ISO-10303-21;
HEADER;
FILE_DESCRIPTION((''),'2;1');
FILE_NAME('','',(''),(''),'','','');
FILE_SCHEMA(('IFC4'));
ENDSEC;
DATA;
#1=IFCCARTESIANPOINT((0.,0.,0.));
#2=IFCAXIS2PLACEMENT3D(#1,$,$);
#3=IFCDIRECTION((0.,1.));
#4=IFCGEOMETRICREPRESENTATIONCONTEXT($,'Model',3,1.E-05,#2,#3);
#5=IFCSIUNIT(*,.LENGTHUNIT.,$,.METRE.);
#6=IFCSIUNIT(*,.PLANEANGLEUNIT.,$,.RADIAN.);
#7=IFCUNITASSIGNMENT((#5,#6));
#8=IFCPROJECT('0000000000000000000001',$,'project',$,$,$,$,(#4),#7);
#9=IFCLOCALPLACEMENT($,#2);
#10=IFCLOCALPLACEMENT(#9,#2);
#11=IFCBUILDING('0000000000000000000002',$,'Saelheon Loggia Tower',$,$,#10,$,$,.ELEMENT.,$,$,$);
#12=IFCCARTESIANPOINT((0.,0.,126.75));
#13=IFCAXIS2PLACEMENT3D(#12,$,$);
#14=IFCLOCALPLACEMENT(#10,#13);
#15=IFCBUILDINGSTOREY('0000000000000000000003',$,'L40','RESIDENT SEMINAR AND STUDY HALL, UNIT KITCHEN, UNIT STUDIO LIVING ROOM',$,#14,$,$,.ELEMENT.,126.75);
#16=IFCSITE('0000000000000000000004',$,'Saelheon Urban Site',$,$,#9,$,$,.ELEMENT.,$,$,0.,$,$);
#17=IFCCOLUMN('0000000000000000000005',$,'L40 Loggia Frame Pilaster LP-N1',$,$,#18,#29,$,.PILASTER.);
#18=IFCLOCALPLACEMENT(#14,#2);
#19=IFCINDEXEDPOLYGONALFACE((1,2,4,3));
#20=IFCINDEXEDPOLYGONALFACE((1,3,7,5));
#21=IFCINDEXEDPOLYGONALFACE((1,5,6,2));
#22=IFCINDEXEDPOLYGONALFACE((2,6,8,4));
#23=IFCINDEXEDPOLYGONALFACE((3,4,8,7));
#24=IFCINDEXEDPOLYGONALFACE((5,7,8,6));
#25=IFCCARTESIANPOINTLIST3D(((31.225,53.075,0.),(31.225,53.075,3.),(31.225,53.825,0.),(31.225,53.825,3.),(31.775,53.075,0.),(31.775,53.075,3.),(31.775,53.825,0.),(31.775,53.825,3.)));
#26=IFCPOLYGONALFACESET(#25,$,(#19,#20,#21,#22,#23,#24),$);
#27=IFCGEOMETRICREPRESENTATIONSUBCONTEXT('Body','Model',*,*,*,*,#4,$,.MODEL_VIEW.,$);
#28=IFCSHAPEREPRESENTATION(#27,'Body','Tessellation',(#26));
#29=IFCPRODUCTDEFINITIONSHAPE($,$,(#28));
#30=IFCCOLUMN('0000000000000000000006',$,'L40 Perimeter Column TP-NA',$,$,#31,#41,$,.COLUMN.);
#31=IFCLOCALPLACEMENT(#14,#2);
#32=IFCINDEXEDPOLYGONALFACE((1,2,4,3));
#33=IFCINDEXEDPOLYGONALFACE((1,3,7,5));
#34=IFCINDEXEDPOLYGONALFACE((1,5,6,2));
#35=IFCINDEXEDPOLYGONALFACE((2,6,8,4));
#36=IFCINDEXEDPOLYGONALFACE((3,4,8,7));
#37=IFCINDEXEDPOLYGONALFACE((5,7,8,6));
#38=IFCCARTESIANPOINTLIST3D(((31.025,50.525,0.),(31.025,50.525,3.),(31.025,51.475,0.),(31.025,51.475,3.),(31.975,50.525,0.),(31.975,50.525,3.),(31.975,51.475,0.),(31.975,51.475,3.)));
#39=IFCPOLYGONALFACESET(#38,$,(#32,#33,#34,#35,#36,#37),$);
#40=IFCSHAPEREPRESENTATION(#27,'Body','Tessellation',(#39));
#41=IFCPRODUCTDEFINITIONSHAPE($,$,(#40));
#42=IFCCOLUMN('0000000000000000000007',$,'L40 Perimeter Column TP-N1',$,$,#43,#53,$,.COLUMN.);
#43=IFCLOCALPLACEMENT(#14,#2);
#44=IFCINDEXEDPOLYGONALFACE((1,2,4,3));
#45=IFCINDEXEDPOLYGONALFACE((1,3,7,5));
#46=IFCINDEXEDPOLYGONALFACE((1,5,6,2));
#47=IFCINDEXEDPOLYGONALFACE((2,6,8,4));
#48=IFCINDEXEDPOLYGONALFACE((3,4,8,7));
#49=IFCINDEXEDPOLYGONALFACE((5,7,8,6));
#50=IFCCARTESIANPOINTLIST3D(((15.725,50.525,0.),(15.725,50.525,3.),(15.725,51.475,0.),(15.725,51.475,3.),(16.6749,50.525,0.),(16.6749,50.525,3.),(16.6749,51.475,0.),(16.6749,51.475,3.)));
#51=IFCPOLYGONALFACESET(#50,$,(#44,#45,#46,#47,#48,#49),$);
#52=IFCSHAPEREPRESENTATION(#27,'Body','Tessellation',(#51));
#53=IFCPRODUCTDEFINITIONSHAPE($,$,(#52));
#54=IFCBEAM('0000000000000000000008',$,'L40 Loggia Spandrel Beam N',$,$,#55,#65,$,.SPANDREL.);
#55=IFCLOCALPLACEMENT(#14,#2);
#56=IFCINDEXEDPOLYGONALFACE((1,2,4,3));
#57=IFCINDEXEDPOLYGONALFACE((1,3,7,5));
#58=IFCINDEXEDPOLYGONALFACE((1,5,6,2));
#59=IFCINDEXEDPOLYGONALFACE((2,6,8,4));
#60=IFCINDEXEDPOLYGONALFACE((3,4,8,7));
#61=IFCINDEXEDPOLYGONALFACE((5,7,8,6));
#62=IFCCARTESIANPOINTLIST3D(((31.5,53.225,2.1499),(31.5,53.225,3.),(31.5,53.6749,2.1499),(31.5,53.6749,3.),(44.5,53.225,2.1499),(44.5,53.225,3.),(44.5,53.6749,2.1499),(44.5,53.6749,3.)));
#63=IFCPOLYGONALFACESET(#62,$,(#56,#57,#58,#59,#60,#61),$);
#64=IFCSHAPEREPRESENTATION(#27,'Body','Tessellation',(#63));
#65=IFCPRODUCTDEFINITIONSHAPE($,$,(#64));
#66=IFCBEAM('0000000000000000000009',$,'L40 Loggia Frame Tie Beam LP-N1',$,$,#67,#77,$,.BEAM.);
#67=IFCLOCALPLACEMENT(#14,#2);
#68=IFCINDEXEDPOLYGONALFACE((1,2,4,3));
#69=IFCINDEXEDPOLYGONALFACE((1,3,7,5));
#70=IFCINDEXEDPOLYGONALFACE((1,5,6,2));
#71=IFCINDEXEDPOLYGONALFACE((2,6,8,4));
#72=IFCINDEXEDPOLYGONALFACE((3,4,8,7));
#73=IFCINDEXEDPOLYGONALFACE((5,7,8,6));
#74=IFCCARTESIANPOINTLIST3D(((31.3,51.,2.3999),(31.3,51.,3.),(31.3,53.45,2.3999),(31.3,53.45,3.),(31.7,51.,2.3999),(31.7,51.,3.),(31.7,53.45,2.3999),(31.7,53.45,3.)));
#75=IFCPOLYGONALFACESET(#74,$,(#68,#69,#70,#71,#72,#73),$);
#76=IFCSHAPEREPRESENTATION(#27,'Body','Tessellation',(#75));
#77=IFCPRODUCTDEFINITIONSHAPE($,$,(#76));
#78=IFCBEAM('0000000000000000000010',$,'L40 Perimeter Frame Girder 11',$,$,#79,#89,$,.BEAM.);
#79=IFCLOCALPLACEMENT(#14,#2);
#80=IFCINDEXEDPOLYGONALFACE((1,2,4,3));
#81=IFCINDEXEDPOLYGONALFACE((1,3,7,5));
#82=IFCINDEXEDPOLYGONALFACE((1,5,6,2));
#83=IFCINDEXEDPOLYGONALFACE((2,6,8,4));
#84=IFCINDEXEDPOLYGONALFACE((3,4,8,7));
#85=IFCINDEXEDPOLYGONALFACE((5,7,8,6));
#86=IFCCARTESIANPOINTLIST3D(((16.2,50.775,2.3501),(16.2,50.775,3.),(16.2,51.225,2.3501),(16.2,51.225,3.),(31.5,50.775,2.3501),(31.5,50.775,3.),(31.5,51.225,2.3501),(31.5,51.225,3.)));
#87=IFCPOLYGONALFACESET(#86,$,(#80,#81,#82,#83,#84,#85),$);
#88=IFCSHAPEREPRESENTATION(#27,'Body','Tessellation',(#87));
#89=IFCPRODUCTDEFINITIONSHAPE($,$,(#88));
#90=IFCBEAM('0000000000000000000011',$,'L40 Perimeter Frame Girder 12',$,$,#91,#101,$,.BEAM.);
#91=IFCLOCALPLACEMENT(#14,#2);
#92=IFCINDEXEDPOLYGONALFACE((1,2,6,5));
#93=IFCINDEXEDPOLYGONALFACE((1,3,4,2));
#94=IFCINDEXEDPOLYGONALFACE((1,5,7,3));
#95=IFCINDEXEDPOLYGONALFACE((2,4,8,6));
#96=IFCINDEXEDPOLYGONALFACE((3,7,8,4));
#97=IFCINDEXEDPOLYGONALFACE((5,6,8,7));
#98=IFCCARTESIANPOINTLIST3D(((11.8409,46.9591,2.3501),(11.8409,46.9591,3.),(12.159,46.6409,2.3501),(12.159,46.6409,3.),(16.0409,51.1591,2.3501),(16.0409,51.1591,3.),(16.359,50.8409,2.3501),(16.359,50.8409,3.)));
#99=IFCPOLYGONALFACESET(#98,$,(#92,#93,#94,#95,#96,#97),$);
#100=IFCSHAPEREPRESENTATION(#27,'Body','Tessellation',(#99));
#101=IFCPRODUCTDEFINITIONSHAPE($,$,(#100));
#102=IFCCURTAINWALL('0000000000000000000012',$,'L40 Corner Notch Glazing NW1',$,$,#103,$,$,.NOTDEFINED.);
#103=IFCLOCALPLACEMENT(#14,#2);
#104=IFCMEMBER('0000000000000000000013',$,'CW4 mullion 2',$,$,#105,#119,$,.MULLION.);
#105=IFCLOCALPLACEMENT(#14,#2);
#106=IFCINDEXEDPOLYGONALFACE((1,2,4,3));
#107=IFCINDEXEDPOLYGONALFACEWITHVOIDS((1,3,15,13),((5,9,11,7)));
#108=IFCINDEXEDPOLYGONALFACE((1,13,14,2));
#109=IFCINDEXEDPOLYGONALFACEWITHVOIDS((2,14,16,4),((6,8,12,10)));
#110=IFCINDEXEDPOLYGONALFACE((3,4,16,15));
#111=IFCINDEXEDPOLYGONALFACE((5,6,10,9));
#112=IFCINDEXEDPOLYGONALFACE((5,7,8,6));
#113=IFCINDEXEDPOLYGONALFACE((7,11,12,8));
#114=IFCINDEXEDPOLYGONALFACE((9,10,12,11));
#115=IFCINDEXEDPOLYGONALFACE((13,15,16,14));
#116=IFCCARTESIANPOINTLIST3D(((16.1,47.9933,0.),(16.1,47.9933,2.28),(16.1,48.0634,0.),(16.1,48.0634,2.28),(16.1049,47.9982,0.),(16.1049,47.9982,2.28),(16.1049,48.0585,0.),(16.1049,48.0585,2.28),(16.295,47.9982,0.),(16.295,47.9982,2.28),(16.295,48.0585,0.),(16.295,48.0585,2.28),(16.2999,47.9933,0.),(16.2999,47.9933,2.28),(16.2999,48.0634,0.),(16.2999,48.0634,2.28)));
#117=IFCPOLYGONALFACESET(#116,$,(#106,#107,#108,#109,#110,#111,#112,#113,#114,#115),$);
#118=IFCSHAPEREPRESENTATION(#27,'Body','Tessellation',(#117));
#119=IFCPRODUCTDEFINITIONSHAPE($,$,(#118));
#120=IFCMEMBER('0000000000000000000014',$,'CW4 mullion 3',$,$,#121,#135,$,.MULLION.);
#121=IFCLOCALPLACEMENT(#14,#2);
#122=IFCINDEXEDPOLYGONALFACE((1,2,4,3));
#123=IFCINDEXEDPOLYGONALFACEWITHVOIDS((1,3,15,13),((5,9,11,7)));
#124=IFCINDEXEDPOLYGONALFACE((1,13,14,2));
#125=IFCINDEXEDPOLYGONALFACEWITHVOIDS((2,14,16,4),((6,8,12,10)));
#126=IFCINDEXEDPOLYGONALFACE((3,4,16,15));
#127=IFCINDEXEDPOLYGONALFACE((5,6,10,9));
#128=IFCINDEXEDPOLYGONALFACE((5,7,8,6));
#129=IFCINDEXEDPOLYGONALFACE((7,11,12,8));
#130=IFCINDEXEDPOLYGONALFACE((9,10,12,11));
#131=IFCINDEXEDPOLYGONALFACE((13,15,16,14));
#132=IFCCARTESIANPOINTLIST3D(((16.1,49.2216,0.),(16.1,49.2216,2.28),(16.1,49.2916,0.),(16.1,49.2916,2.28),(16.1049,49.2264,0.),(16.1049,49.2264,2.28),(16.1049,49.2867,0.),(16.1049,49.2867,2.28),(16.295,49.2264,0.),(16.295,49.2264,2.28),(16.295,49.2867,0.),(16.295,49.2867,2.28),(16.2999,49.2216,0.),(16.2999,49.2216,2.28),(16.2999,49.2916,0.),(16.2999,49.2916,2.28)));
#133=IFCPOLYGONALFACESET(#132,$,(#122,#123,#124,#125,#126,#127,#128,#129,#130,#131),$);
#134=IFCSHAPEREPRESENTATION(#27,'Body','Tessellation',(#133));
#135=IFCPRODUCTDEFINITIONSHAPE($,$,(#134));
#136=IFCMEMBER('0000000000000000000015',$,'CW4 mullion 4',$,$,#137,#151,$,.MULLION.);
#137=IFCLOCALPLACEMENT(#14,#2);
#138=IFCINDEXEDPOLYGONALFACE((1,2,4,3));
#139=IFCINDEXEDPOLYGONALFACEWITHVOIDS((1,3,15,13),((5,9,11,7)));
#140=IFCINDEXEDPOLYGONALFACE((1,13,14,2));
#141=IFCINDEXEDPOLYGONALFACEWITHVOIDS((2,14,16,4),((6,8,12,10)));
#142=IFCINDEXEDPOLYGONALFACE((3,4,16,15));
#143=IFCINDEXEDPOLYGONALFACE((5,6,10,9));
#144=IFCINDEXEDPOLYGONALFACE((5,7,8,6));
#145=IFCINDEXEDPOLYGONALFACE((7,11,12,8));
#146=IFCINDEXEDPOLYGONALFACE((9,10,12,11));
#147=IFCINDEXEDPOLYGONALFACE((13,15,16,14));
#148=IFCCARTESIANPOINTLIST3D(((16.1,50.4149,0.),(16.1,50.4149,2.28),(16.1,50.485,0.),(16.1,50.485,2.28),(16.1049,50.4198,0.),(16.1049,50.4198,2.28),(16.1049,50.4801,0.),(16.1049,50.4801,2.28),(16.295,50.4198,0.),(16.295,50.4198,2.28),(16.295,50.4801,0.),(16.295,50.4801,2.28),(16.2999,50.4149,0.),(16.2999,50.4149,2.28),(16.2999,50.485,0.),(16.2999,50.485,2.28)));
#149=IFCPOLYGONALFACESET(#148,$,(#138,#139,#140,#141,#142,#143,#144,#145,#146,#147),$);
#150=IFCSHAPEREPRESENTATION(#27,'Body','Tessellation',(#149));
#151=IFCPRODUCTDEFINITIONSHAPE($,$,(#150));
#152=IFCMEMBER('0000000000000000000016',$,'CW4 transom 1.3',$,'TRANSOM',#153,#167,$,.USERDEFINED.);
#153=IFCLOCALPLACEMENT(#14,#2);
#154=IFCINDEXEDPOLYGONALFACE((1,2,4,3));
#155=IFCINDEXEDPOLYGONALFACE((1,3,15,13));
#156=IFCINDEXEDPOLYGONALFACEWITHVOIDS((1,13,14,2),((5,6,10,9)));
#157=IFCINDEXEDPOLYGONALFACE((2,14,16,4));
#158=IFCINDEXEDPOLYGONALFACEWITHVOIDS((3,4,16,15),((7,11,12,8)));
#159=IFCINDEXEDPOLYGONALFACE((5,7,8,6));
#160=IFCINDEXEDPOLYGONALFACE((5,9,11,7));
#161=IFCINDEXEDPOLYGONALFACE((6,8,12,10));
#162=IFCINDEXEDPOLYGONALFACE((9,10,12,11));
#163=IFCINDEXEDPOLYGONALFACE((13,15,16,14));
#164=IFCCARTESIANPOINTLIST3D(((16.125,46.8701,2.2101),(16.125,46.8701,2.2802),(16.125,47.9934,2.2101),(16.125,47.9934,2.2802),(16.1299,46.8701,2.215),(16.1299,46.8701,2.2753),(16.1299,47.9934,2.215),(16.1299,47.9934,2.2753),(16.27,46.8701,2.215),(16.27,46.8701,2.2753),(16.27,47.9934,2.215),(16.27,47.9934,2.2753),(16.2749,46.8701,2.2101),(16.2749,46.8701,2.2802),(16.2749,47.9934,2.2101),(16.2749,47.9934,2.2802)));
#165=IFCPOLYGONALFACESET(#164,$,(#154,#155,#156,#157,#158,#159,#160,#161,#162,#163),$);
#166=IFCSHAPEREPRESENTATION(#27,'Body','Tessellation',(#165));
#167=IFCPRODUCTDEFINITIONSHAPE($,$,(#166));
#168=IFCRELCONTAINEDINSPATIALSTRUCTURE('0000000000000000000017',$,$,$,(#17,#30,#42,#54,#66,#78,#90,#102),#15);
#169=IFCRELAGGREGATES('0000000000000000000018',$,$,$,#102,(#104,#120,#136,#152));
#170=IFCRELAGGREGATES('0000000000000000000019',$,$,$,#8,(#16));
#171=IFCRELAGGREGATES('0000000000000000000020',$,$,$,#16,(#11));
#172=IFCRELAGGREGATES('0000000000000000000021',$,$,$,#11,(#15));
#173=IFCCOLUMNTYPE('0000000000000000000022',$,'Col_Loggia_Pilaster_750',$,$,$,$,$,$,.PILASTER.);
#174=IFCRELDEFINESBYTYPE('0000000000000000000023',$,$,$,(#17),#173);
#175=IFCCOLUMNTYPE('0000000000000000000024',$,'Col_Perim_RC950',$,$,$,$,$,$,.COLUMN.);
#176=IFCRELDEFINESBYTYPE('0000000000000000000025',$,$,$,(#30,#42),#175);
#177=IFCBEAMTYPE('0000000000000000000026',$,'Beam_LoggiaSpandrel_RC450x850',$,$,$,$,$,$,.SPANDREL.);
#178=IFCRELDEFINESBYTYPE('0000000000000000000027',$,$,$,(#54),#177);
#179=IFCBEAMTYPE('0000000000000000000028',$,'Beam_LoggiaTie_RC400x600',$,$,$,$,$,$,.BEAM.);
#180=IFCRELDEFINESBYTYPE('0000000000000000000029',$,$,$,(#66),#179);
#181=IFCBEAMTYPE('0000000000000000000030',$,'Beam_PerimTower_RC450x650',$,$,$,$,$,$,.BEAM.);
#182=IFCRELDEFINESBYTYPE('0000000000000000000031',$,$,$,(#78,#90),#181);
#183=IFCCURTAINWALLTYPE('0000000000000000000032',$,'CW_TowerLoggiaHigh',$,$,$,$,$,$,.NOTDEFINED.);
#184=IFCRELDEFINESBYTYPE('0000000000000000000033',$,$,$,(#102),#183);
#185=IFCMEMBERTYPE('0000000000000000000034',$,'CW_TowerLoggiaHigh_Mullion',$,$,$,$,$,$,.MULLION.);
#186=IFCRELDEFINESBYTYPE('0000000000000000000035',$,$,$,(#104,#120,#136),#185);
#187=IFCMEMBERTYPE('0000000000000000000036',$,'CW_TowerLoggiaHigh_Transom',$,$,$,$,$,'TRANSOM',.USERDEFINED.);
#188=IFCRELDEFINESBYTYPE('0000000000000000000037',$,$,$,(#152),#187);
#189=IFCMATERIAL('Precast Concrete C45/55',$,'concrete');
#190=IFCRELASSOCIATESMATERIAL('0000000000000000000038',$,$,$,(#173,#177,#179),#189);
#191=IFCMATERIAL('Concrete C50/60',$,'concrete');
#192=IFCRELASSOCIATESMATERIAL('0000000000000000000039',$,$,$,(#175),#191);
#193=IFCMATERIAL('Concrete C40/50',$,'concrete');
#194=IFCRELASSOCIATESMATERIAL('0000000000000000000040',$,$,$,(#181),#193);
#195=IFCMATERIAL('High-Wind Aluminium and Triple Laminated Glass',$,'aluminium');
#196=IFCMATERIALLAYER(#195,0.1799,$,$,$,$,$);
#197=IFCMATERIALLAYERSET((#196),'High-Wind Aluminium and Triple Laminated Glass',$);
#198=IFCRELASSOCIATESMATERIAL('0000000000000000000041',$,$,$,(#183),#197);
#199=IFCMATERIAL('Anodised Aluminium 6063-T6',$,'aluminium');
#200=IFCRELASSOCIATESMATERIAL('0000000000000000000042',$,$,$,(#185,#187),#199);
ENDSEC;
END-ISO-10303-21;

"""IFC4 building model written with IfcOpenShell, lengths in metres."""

from ifc_helpers import new_model, si_unit, direction, frame, origin, origin_2d, place, context, subcontext, project, spatial, rectangle, hollow_rectangle, extrude, source, transform, mapped, material, layer, layer_set, material_profile, profile_set, type_object, element, aggregate, save


model = new_model("IFC4")

# Units and contexts
model_context = context("Model", 3, precision=1e-05, world=origin(), true_north=direction((0.0, 1.0)))
body_context = subcontext(model_context, "Body", "Model", "MODEL_VIEW")
ifc_project = project(units=[si_unit("LENGTHUNIT", "METRE"), si_unit("PLANEANGLEUNIT", "RADIAN")], contexts=[model_context])

# Site, building, storey
site_placement = place(None, origin())
site = spatial("IfcSite", under=ifc_project, at=site_placement, Name="Saelheon Urban Site", CompositionType="ELEMENT", RefElevation=0.0)
building_placement = place(site_placement, origin())
building = spatial("IfcBuilding", under=site, at=building_placement, Name="Saelheon Loggia Tower", CompositionType="ELEMENT")
storey_placement = place(building_placement, frame((0.0, 0.0, 126.75)))
storey = spatial("IfcBuildingStorey", under=building, at=storey_placement, Name="L40", Description="RESIDENT SEMINAR AND STUDY HALL, UNIT KITCHEN, UNIT STUDIO LIVING ROOM", CompositionType="ELEMENT", Elevation=126.75)

# Columns
ifc_material_1 = material(Name="Precast Concrete C45/55", Category="concrete")
ifc_material_profile_1 = material_profile(ifc_material_1, rectangle(XDim=0.55, YDim=0.75, at=origin_2d()), Name="RC-550x750")
ifc_profile_set_1 = profile_set([ifc_material_profile_1], Name="Precast Concrete C45/55")
column_type_1 = type_object("IfcColumnType", Name="Col_Loggia_Pilaster_750", PredefinedType="PILASTER", material=ifc_profile_set_1)
shared_shape_1 = source(origin(), body_context, "Body", "SweptSolid", [
    extrude(rectangle(XDim=0.55, YDim=0.75, at=origin_2d()), origin(), (0.0, 0.0, 1.0), 3.0),
])
column_placement = place(storey_placement, frame((31.5, 53.45, 0.0), z_axis=(0.0, 0.0, 1.0), x_axis=(1.0, 0.0, 0.0)))
element("IfcColumn", 1, at=column_placement, inside=storey, type_object=column_type_1, Name="L40 Loggia Frame Pilaster LP-N1", PredefinedType="PILASTER", context=body_context, shape_type="MappedRepresentation", body=[
    mapped(shared_shape_1, transform((0.0, 0.0, 0.0), scale=1.0)),
])
ifc_material_2 = material(Name="Concrete C50/60", Category="concrete")
ifc_material_profile_2 = material_profile(ifc_material_2, rectangle(XDim=0.95, YDim=0.95, at=origin_2d()), Name="RC-950x950")
ifc_profile_set_2 = profile_set([ifc_material_profile_2], Name="Concrete C50/60")
column_type_2 = type_object("IfcColumnType", Name="Col_Perim_RC950", PredefinedType="COLUMN", material=ifc_profile_set_2)
shared_shape_2 = source(origin(), body_context, "Body", "SweptSolid", [
    extrude(rectangle(XDim=0.95, YDim=0.95, at=origin_2d()), origin(), (0.0, 0.0, 1.0), 3.0),
])
for number, where, z_axis, x_axis, name in (
    (2, (31.5, 51.0, 0.0), (0.0, 0.0, 1.0), (1.0, 0.0, 0.0), "L40 Perimeter Column TP-NA"),
    (3, (16.2, 51.0, 0.0), (0.0, 0.0, 1.0), (1.0, 0.0, 0.0), "L40 Perimeter Column TP-N1"),
):
    element("IfcColumn", number, at=place(storey_placement, frame(where, z_axis=z_axis, x_axis=x_axis)), inside=storey, type_object=column_type_2, Name=name, PredefinedType="COLUMN", context=body_context, shape_type="MappedRepresentation", body=[
        mapped(shared_shape_2, transform((0.0, 0.0, 0.0), scale=1.0)),
    ])

# Beams
ifc_material_profile_3 = material_profile(ifc_material_1, rectangle(XDim=0.45, YDim=0.8501, at=origin_2d()), Name="RC-450x850")
ifc_profile_set_3 = profile_set([ifc_material_profile_3], Name="Precast Concrete C45/55")
beam_type_1 = type_object("IfcBeamType", Name="Beam_LoggiaSpandrel_RC450x850", PredefinedType="SPANDREL", material=ifc_profile_set_3)
shared_shape_3 = source(origin(), body_context, "Body", "SweptSolid", [
    extrude(rectangle(XDim=0.45, YDim=0.8501, at=origin_2d()), origin(), (0.0, 0.0, 1.0), 13.0),
])
beam_1_placement = place(storey_placement, frame((31.5, 53.45, 2.575), z_axis=(1.0, 0.0, 0.0), x_axis=(0.0, 1.0, 0.0)))
element("IfcBeam", 4, at=beam_1_placement, inside=storey, type_object=beam_type_1, Name="L40 Loggia Spandrel Beam N", PredefinedType="SPANDREL", context=body_context, shape_type="MappedRepresentation", body=[
    mapped(shared_shape_3, transform((0.0, 0.0, 0.0), scale=1.0)),
])
ifc_material_profile_4 = material_profile(ifc_material_1, rectangle(XDim=0.3999, YDim=0.6001, at=origin_2d()), Name="RC-400x600")
ifc_profile_set_4 = profile_set([ifc_material_profile_4], Name="Precast Concrete C45/55")
beam_type_2 = type_object("IfcBeamType", Name="Beam_LoggiaTie_RC400x600", PredefinedType="BEAM", material=ifc_profile_set_4)
shared_shape_4 = source(origin(), body_context, "Body", "SweptSolid", [
    extrude(rectangle(XDim=0.3999, YDim=0.6001, at=origin_2d()), origin(), (0.0, 0.0, 1.0), 2.45),
])
beam_2_placement = place(storey_placement, frame((31.5, 51.0, 2.7), z_axis=(0.0, 1.0, 0.0), x_axis=(-1.0, 0.0, 0.0)))
element("IfcBeam", 5, at=beam_2_placement, inside=storey, type_object=beam_type_2, Name="L40 Loggia Frame Tie Beam LP-N1", PredefinedType="BEAM", context=body_context, shape_type="MappedRepresentation", body=[
    mapped(shared_shape_4, transform((0.0, 0.0, 0.0), scale=1.0)),
])
ifc_material_3 = material(Name="Concrete C40/50", Category="concrete")
ifc_material_profile_5 = material_profile(ifc_material_3, rectangle(XDim=0.45, YDim=0.6499, at=origin_2d()), Name="RC-450x650")
ifc_profile_set_5 = profile_set([ifc_material_profile_5], Name="Concrete C40/50")
beam_type_3 = type_object("IfcBeamType", Name="Beam_PerimTower_RC450x650", PredefinedType="BEAM", material=ifc_profile_set_5)
shared_shape_5 = source(origin(), body_context, "Body", "SweptSolid", [
    extrude(rectangle(XDim=0.45, YDim=0.6499, at=origin_2d()), origin(), (0.0, 0.0, 1.0), 15.3),
])
beam_3_placement = place(storey_placement, frame((31.5, 51.0, 2.675), z_axis=(-1.0, 0.0, 0.0), x_axis=(0.0, -1.0, 0.0)))
element("IfcBeam", 6, at=beam_3_placement, inside=storey, type_object=beam_type_3, Name="L40 Perimeter Frame Girder 11", PredefinedType="BEAM", context=body_context, shape_type="MappedRepresentation", body=[
    mapped(shared_shape_5, transform((0.0, 0.0, 0.0), scale=1.0)),
])
shared_shape_6 = source(origin(), body_context, "Body", "SweptSolid", [
    extrude(rectangle(XDim=0.45, YDim=0.6499, at=origin_2d()), origin(), (0.0, 0.0, 1.0), 5.9397),
])
beam_4_placement = place(storey_placement, frame((16.2, 51.0, 2.675), z_axis=(-0.707107, -0.707107, 0.0), x_axis=(0.707107, -0.707107, 0.0)))
element("IfcBeam", 7, at=beam_4_placement, inside=storey, type_object=beam_type_3, Name="L40 Perimeter Frame Girder 12", PredefinedType="BEAM", context=body_context, shape_type="MappedRepresentation", body=[
    mapped(shared_shape_6, transform((0.0, 0.0, 0.0), scale=1.0)),
])

# Curtain wall, members
ifc_material_4 = material(Name="High-Wind Aluminium and Triple Laminated Glass", Category="aluminium")
ifc_layer_1 = layer(ifc_material_4, 0.1799)
ifc_layer_set_1 = layer_set([ifc_layer_1], Name="High-Wind Aluminium and Triple Laminated Glass")
curtain_wall_type = type_object("IfcCurtainWallType", Name="CW_TowerLoggiaHigh", PredefinedType="NOTDEFINED", material=ifc_layer_set_1)
curtain_wall_placement = place(storey_placement, origin())
curtain_wall = element("IfcCurtainWall", 8, at=curtain_wall_placement, inside=storey, type_object=curtain_wall_type, Name="L40 Corner Notch Glazing NW1", PredefinedType="NOTDEFINED")
ifc_material_5 = material(Name="Anodised Aluminium 6063-T6", Category="aluminium")
ifc_material_profile_6 = material_profile(ifc_material_5, hollow_rectangle(XDim=0.0701, YDim=0.2, WallThickness=0.0049, at=origin_2d()), Name="RHS-200x70x5")
ifc_profile_set_6 = profile_set([ifc_material_profile_6], Name="Anodised Aluminium 6063-T6")
member_type_1 = type_object("IfcMemberType", Name="CW_TowerLoggiaHigh_Mullion", PredefinedType="MULLION", material=ifc_profile_set_6)
shared_shape_7 = source(origin(), body_context, "Body", "SweptSolid", [
    extrude(hollow_rectangle(XDim=0.0701, YDim=0.2, WallThickness=0.0049, at=origin_2d()), origin(), (0.0, 0.0, 1.0), 2.28),
])
member_1_placement = place(storey_placement, frame((16.2, 48.0283, 0.0), z_axis=(0.0, 0.0, 1.0), x_axis=(0.0, 1.0, 0.0)))
member_1 = element("IfcMember", 9, at=member_1_placement, type_object=member_type_1, Name="CW4 mullion 2", PredefinedType="MULLION", context=body_context, shape_type="MappedRepresentation", body=[
    mapped(shared_shape_7, transform((0.0, 0.0, 0.0), scale=1.0)),
])
member_2_placement = place(storey_placement, frame((16.2, 49.2566, 0.0), z_axis=(0.0, 0.0, 1.0), x_axis=(0.0, 1.0, 0.0)))
member_2 = element("IfcMember", 10, at=member_2_placement, type_object=member_type_1, Name="CW4 mullion 3", PredefinedType="MULLION", context=body_context, shape_type="MappedRepresentation", body=[
    mapped(shared_shape_7, transform((0.0, 0.0, 0.0), scale=1.0)),
])
member_3_placement = place(storey_placement, frame((16.2, 50.45, 0.0), z_axis=(0.0, 0.0, 1.0), x_axis=(0.0, 1.0, 0.0)))
member_3 = element("IfcMember", 11, at=member_3_placement, type_object=member_type_1, Name="CW4 mullion 4", PredefinedType="MULLION", context=body_context, shape_type="MappedRepresentation", body=[
    mapped(shared_shape_7, transform((0.0, 0.0, 0.0), scale=1.0)),
])
ifc_material_profile_7 = material_profile(ifc_material_5, hollow_rectangle(XDim=0.0701, YDim=0.1499, WallThickness=0.0049, at=origin_2d()), Name="RHS-150x70x5")
ifc_profile_set_7 = profile_set([ifc_material_profile_7], Name="Anodised Aluminium 6063-T6")
member_type_2 = type_object("IfcMemberType", Name="CW_TowerLoggiaHigh_Transom", ElementType="TRANSOM", PredefinedType="USERDEFINED", material=ifc_profile_set_7)
shared_shape_8 = source(origin(), body_context, "Body", "SweptSolid", [
    extrude(hollow_rectangle(XDim=0.0701, YDim=0.1499, WallThickness=0.0049, at=origin_2d()), origin(), (0.0, 0.0, 1.0), 1.1233),
])
member_4_placement = place(storey_placement, frame((16.2, 46.8701, 2.2451), z_axis=(0.0, 1.0, 0.0), x_axis=(0.0, 0.0, 1.0)))
member_4 = element("IfcMember", 12, at=member_4_placement, type_object=member_type_2, Name="CW4 transom 1.3", ObjectType="TRANSOM", PredefinedType="USERDEFINED", context=body_context, shape_type="MappedRepresentation", body=[
    mapped(shared_shape_8, transform((0.0, 0.0, 0.0), scale=1.0)),
])
aggregate(curtain_wall, [member_1, member_2, member_3, member_4])

save(model, "model.ifc")
